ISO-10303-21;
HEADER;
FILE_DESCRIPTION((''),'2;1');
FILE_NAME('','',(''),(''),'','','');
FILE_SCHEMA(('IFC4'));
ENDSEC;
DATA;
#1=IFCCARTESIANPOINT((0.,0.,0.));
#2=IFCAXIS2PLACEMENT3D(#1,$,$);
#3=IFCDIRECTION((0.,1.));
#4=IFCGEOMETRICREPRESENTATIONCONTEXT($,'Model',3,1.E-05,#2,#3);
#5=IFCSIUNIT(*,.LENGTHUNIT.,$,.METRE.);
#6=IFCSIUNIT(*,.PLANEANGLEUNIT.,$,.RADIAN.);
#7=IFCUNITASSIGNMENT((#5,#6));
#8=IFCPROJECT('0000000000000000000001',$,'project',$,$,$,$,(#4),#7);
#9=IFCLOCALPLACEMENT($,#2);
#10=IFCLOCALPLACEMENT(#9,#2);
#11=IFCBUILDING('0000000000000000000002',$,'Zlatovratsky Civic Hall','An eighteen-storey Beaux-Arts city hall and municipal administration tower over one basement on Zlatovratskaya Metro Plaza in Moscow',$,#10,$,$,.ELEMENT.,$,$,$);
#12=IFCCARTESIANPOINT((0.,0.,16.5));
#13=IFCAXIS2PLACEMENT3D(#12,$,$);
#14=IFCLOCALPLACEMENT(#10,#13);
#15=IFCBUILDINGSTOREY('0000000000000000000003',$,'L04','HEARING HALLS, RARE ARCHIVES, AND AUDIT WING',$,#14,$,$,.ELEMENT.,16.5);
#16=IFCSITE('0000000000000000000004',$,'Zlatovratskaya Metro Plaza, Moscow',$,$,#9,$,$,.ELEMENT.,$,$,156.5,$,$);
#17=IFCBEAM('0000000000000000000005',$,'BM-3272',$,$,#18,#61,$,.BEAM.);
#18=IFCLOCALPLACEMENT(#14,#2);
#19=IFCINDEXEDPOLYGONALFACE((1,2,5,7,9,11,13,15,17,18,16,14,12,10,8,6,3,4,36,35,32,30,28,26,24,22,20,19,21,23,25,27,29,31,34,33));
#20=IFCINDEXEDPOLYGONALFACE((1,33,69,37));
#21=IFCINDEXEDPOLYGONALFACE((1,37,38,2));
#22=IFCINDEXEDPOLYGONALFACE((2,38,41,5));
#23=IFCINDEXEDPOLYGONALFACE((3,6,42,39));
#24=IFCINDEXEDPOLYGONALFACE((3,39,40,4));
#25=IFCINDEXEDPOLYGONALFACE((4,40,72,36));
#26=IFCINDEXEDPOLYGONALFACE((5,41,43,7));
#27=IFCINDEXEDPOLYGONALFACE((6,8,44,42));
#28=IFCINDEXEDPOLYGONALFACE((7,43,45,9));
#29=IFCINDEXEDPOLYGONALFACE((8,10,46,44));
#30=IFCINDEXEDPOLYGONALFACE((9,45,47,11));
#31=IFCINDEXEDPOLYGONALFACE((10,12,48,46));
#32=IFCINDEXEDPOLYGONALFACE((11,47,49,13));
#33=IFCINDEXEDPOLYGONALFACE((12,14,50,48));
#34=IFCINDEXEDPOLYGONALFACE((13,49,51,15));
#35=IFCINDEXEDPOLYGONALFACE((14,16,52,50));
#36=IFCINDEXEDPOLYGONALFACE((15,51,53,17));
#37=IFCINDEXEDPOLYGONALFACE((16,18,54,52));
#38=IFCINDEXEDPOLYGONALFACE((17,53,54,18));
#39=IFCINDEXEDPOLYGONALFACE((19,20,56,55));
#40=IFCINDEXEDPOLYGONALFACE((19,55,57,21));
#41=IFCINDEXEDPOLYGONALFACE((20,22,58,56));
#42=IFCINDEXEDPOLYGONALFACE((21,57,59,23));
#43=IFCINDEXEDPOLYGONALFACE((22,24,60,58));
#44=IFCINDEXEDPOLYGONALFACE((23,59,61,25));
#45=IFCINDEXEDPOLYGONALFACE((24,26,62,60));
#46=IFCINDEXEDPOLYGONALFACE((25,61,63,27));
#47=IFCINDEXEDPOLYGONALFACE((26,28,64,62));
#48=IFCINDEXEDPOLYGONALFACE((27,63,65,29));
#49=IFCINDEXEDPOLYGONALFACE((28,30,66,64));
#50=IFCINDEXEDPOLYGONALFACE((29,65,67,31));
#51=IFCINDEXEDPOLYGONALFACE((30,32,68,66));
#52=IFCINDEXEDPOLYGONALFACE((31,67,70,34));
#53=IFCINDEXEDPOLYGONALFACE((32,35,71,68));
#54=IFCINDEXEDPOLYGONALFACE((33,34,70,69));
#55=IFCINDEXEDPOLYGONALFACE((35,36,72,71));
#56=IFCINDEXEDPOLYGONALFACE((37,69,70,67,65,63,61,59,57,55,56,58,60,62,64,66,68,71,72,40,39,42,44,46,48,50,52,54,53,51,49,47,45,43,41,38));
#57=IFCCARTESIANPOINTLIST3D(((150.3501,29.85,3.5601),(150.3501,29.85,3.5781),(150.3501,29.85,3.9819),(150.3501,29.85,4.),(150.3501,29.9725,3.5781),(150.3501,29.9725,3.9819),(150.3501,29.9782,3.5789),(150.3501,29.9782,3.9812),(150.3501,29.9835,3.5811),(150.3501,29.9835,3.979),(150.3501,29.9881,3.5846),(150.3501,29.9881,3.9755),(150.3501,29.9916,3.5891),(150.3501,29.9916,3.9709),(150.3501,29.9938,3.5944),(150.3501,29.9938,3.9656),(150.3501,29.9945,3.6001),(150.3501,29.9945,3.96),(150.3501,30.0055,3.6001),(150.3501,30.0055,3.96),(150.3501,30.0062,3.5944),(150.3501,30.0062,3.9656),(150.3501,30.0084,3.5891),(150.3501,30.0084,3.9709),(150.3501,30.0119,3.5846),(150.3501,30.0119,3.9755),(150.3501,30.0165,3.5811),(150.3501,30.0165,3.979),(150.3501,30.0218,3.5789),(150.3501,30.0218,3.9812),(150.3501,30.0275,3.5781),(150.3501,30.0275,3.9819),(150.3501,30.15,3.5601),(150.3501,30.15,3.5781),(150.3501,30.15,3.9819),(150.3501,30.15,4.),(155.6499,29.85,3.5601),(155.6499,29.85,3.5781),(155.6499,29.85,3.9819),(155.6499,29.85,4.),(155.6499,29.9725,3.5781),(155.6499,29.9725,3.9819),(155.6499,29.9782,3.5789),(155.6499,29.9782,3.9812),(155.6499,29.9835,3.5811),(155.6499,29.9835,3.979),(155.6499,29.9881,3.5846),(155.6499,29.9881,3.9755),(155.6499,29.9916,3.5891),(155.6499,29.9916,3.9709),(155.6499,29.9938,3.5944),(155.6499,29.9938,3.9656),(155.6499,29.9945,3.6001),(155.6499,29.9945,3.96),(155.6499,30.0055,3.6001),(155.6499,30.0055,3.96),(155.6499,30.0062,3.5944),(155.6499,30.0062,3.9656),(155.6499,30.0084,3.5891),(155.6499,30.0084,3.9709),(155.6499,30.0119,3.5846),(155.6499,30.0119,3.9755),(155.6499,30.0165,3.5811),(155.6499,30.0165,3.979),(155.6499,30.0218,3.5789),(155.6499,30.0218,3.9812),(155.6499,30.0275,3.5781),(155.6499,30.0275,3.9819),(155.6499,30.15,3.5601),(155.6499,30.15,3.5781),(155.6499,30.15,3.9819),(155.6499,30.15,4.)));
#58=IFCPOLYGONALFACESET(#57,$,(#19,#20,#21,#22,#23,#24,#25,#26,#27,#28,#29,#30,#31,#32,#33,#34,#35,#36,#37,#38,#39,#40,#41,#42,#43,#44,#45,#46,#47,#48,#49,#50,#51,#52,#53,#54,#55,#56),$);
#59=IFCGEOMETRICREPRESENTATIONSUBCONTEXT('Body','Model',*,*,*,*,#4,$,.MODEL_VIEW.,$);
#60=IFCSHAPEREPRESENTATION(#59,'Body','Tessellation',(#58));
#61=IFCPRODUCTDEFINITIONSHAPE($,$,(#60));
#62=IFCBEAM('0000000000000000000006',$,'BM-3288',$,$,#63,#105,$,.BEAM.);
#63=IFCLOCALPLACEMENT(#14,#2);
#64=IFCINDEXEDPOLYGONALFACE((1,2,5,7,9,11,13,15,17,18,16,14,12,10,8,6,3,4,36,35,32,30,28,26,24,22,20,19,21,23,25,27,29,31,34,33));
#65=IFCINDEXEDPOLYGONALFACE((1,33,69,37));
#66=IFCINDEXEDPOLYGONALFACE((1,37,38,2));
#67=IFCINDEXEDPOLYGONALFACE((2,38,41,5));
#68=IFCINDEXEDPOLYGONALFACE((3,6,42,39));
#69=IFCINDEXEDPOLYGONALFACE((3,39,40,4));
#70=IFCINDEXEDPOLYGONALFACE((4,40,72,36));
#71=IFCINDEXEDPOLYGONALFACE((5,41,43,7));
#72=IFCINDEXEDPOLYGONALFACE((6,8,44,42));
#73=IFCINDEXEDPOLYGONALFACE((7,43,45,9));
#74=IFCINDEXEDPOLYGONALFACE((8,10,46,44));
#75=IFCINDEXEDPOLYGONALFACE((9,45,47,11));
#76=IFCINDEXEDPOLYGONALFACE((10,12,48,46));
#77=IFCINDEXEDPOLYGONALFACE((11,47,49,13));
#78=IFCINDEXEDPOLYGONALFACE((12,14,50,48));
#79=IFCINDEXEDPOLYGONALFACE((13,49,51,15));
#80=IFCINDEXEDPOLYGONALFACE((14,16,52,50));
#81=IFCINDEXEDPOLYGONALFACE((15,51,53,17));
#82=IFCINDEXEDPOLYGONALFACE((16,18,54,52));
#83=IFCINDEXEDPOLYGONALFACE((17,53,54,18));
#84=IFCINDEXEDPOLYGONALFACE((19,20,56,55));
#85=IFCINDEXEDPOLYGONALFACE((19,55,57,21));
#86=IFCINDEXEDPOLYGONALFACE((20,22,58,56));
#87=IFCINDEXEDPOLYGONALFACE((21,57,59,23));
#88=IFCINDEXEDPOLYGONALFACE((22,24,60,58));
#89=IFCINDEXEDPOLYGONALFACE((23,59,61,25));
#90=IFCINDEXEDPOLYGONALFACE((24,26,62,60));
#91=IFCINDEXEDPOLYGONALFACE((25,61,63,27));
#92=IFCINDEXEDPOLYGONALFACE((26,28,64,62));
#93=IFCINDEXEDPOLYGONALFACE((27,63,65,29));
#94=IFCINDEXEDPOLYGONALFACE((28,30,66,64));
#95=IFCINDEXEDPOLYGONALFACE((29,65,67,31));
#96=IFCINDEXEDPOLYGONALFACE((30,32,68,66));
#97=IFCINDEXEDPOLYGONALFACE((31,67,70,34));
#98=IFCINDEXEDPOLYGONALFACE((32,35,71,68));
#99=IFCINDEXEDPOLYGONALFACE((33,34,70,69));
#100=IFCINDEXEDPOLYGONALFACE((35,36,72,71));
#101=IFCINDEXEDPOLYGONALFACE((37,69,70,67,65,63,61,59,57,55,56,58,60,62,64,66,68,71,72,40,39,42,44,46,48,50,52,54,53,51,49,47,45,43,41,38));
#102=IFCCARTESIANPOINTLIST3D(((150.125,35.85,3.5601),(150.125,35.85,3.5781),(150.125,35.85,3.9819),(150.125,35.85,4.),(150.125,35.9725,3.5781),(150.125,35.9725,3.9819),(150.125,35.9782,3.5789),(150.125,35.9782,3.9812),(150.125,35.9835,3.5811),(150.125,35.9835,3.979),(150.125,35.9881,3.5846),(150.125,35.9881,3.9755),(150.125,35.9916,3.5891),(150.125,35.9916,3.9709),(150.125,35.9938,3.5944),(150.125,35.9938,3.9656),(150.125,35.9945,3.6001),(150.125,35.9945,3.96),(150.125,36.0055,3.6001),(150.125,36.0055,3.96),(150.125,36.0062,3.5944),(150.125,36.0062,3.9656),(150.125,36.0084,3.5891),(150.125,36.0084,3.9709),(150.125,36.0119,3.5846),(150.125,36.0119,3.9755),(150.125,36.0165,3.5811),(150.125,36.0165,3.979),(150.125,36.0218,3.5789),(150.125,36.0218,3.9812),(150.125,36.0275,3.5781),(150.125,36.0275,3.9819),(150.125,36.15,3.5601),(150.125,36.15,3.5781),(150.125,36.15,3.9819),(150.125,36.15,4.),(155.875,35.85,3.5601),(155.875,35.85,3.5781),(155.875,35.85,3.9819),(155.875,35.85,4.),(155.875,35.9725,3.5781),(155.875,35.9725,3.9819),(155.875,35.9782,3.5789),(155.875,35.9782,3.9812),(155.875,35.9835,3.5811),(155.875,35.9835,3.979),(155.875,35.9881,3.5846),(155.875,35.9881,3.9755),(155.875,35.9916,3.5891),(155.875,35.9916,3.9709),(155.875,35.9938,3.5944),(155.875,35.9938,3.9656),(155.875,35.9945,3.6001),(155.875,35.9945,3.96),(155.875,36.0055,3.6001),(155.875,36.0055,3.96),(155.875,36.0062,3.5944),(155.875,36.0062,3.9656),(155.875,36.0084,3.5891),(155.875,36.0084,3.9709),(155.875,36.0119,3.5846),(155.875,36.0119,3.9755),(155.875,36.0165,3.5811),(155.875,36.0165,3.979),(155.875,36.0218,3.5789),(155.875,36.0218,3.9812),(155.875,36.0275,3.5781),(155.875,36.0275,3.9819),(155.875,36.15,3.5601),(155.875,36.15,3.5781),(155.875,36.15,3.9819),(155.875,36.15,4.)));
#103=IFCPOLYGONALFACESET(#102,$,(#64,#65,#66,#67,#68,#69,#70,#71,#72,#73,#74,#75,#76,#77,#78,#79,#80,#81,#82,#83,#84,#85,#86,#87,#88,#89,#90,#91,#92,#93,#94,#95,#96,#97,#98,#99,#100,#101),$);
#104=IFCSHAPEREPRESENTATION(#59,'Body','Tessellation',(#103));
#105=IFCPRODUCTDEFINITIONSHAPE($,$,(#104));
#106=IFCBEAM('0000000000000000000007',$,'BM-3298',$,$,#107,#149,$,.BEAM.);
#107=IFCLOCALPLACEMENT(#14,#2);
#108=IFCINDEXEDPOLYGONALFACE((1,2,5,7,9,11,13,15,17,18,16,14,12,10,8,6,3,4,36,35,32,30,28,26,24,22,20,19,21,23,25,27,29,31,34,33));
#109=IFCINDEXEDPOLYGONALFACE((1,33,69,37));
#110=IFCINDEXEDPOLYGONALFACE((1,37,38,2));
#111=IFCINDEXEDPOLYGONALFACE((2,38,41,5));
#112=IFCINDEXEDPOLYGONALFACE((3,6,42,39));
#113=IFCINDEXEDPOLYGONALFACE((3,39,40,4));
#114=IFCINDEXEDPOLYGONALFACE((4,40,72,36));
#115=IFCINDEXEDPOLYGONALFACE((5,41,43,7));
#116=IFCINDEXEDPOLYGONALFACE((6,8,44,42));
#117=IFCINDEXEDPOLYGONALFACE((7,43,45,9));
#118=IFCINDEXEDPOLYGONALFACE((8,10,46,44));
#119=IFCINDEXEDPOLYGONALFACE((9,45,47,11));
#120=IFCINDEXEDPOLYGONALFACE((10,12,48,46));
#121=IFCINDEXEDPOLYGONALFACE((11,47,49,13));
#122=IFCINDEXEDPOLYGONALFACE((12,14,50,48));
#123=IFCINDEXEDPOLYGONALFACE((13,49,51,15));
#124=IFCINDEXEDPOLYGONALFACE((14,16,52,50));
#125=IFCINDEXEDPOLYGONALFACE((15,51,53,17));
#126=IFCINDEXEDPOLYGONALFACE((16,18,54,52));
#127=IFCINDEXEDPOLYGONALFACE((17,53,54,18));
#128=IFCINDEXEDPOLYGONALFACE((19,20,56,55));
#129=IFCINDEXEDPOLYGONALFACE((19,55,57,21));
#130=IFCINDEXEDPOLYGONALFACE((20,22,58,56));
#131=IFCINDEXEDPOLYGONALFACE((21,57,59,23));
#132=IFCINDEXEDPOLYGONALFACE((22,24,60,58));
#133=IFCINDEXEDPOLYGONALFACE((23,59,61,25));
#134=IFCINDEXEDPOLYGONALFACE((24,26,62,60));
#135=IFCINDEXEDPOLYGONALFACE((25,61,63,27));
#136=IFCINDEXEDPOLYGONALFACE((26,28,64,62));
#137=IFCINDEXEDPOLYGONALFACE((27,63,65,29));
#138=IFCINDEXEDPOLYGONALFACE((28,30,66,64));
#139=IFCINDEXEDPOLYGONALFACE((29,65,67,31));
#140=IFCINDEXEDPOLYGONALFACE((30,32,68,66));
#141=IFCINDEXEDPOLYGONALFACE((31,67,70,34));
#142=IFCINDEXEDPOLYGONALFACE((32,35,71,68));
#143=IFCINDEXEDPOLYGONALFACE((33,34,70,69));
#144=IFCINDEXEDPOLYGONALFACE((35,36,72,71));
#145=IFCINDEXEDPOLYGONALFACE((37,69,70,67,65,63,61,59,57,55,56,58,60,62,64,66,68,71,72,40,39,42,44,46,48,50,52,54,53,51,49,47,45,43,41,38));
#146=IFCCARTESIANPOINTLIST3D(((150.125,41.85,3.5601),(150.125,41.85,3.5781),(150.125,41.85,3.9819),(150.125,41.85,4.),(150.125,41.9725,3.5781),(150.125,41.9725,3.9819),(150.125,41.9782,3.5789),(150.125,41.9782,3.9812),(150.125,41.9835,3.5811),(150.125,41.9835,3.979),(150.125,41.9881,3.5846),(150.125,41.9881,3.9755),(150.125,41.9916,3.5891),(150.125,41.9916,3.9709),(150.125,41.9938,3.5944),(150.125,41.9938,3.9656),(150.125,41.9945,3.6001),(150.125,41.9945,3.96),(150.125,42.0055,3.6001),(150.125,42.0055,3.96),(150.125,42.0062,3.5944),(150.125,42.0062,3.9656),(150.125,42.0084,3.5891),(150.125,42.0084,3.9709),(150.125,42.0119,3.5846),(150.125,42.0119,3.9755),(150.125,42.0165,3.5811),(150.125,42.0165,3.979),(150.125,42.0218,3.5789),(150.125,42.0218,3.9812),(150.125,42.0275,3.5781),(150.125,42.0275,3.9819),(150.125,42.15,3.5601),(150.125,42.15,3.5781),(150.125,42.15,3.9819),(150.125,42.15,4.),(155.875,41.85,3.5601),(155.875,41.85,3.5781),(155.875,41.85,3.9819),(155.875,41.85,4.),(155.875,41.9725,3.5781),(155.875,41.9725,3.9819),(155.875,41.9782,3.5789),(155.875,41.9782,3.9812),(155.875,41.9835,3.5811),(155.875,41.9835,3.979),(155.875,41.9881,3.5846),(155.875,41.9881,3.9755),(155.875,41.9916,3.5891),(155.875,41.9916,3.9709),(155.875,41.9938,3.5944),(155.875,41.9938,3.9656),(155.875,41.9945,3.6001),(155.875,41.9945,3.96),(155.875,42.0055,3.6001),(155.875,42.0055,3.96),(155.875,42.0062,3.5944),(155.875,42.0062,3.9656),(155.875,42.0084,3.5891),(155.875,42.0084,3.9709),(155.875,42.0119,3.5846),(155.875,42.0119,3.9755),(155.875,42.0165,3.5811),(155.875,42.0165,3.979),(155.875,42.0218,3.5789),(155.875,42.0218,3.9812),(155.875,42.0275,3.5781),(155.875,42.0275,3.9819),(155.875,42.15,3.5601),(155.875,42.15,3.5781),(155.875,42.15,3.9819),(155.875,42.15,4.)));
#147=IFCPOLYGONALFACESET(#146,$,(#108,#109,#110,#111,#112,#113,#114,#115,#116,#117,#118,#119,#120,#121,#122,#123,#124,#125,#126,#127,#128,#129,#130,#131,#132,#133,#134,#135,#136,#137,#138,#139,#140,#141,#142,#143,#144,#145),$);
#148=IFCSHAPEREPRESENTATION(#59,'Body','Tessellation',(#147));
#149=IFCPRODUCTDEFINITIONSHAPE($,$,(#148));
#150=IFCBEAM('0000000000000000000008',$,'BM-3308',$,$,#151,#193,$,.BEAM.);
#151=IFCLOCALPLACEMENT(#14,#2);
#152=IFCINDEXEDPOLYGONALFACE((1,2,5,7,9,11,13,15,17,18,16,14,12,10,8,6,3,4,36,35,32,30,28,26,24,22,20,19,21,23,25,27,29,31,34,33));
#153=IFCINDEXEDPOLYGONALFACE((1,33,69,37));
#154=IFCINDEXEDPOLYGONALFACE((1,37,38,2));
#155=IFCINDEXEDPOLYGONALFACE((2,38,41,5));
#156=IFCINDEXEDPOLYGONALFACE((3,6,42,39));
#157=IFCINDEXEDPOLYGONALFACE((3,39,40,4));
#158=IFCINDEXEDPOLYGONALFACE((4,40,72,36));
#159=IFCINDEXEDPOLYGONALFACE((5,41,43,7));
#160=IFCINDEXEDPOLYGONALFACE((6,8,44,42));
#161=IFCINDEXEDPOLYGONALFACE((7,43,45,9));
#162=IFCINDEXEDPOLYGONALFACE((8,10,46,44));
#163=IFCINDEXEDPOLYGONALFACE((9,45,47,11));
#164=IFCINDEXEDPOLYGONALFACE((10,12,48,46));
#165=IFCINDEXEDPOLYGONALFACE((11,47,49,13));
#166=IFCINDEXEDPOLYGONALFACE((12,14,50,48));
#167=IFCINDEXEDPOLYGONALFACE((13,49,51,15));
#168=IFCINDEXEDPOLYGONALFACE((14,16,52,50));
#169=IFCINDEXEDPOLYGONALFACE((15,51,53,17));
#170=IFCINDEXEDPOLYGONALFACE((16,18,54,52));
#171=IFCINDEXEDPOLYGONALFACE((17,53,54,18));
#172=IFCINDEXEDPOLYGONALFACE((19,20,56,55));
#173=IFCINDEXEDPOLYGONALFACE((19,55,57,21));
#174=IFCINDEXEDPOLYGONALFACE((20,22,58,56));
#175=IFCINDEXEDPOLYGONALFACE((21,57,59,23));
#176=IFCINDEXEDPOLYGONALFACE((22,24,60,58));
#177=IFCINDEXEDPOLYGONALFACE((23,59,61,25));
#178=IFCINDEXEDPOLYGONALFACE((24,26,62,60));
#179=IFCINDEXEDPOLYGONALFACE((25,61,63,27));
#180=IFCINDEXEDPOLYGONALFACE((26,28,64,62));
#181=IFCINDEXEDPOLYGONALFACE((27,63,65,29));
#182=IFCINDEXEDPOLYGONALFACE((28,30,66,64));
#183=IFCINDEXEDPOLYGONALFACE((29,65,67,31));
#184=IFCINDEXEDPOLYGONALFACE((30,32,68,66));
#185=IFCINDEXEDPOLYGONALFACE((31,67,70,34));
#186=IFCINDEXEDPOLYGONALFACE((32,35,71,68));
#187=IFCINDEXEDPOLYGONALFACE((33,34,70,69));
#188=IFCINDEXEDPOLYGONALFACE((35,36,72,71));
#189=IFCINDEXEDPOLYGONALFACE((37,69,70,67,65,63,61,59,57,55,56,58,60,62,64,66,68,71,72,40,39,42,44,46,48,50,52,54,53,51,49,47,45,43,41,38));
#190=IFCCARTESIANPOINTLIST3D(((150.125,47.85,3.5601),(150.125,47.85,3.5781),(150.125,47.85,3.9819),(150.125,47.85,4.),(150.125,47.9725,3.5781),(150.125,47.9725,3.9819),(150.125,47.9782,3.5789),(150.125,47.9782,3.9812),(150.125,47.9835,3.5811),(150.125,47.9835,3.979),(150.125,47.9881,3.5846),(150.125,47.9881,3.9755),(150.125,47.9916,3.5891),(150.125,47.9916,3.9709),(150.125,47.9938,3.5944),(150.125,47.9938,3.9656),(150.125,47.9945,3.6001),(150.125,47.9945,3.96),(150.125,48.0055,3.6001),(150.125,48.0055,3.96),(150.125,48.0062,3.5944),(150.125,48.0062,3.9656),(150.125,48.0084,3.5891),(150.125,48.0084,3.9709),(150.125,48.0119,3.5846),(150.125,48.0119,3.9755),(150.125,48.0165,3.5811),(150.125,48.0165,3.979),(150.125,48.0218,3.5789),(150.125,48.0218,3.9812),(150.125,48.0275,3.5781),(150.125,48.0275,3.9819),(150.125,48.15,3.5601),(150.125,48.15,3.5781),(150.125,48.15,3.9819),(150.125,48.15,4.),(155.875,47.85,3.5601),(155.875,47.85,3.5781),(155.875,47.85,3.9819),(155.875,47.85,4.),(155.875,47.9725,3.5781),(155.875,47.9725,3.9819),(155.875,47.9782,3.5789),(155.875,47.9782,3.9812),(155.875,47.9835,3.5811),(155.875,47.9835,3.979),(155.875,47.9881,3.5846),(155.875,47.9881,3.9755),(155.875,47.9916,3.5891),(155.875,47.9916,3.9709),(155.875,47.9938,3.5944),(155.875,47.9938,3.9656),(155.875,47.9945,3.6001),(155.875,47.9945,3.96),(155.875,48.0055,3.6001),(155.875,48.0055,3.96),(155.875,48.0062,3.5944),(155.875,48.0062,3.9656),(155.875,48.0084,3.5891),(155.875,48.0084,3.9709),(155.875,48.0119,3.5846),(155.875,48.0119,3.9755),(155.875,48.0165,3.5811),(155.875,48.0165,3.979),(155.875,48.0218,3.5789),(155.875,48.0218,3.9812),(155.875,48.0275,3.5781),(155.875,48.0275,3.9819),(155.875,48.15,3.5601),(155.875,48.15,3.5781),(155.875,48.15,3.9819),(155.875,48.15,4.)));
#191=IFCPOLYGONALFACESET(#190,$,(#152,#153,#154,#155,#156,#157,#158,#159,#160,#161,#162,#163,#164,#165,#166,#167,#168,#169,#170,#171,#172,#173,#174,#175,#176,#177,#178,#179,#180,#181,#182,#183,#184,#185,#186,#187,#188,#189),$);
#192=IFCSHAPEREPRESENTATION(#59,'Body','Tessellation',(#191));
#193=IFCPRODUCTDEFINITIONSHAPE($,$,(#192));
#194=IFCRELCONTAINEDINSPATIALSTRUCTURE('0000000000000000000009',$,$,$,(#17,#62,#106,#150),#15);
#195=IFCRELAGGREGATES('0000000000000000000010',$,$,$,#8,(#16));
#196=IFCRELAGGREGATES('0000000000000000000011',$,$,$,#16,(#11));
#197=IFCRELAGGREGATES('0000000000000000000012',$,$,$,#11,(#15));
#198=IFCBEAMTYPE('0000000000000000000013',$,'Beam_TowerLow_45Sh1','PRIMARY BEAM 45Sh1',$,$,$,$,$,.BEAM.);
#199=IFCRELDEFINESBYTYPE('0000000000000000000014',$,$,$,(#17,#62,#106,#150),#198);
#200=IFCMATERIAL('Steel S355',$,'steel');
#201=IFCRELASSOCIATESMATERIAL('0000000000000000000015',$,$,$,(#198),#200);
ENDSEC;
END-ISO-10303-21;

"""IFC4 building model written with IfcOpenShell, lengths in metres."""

from ifc_helpers import new_model, si_unit, direction, frame, origin, origin_2d, place, context, subcontext, project, spatial, i_section, extrude, material, material_profile, profile_set, type_object, element, save


model = new_model("IFC4")

# Units and contexts
model_context = context("Model", 3, precision=1e-05, world=origin(), true_north=direction((0.0, 1.0)))
body_context = subcontext(model_context, "Body", "Model", "MODEL_VIEW")
ifc_project = project(units=[si_unit("LENGTHUNIT", "METRE"), si_unit("PLANEANGLEUNIT", "RADIAN")], contexts=[model_context])

# Site, building, storey
site_placement = place(None, origin())
site = spatial("IfcSite", under=ifc_project, at=site_placement, Name="Zlatovratskaya Metro Plaza, Moscow", CompositionType="ELEMENT", RefElevation=156.5)
building_placement = place(site_placement, origin())
building = spatial("IfcBuilding", under=site, at=building_placement, Name="Zlatovratsky Civic Hall", Description="An eighteen-storey Beaux-Arts city hall and municipal administration tower over one basement on Zlatovratskaya Metro Plaza in Moscow", CompositionType="ELEMENT")
storey_placement = place(building_placement, frame((0.0, 0.0, 16.5)))
storey = spatial("IfcBuildingStorey", under=building, at=storey_placement, Name="L04", Description="HEARING HALLS, RARE ARCHIVES, AND AUDIT WING", CompositionType="ELEMENT", Elevation=16.5)

# Shared definitions
ifc_material_1 = material(Name="Steel S355", Category="steel")

# Beams
ifc_material_profile_1 = material_profile(ifc_material_1, i_section(OverallWidth=0.3, OverallDepth=0.4399, WebThickness=0.011, FlangeThickness=0.0181, FilletRadius=0.022, at=origin_2d()), Name="45Sh1")
ifc_profile_set_1 = profile_set([ifc_material_profile_1], Name="Steel S355")
beam_type_1 = type_object("IfcBeamType", Name="Beam_TowerLow_45Sh1", Description="PRIMARY BEAM 45Sh1", PredefinedType="BEAM", material=ifc_profile_set_1)
beam_1_placement = place(storey_placement, frame((150.3501, 30.0, 3.78), z_axis=(1.0, 0.0, 0.0), x_axis=(0.0, 1.0, 0.0)))
element("IfcBeam", 1, at=beam_1_placement, inside=storey, type_object=beam_type_1, Name="BM-3272", PredefinedType="BEAM", context=body_context, shape_type="SweptSolid", body=[
    extrude(i_section(OverallWidth=0.3, OverallDepth=0.4399, WebThickness=0.011, FlangeThickness=0.0181, FilletRadius=0.022, at=origin_2d()), origin(), (0.0, 0.0, 1.0), 5.2998),
])
for number, where, z_axis, x_axis, name in (
    (2, (150.125, 36.0, 3.78), (1.0, 0.0, 0.0), (0.0, 1.0, 0.0), "BM-3288"),
    (3, (150.125, 42.0, 3.78), (1.0, 0.0, 0.0), (0.0, 1.0, 0.0), "BM-3298"),
    (4, (150.125, 48.0, 3.78), (1.0, 0.0, 0.0), (0.0, 1.0, 0.0), "BM-3308"),
):
    element("IfcBeam", number, at=place(storey_placement, frame(where, z_axis=z_axis, x_axis=x_axis)), inside=storey, type_object=beam_type_1, Name=name, PredefinedType="BEAM", context=body_context, shape_type="SweptSolid", body=[
        extrude(i_section(OverallWidth=0.3, OverallDepth=0.4399, WebThickness=0.011, FlangeThickness=0.0181, FilletRadius=0.022, at=origin_2d()), origin(), (0.0, 0.0, 1.0), 5.75),
    ])

save(model, "model.ifc")
